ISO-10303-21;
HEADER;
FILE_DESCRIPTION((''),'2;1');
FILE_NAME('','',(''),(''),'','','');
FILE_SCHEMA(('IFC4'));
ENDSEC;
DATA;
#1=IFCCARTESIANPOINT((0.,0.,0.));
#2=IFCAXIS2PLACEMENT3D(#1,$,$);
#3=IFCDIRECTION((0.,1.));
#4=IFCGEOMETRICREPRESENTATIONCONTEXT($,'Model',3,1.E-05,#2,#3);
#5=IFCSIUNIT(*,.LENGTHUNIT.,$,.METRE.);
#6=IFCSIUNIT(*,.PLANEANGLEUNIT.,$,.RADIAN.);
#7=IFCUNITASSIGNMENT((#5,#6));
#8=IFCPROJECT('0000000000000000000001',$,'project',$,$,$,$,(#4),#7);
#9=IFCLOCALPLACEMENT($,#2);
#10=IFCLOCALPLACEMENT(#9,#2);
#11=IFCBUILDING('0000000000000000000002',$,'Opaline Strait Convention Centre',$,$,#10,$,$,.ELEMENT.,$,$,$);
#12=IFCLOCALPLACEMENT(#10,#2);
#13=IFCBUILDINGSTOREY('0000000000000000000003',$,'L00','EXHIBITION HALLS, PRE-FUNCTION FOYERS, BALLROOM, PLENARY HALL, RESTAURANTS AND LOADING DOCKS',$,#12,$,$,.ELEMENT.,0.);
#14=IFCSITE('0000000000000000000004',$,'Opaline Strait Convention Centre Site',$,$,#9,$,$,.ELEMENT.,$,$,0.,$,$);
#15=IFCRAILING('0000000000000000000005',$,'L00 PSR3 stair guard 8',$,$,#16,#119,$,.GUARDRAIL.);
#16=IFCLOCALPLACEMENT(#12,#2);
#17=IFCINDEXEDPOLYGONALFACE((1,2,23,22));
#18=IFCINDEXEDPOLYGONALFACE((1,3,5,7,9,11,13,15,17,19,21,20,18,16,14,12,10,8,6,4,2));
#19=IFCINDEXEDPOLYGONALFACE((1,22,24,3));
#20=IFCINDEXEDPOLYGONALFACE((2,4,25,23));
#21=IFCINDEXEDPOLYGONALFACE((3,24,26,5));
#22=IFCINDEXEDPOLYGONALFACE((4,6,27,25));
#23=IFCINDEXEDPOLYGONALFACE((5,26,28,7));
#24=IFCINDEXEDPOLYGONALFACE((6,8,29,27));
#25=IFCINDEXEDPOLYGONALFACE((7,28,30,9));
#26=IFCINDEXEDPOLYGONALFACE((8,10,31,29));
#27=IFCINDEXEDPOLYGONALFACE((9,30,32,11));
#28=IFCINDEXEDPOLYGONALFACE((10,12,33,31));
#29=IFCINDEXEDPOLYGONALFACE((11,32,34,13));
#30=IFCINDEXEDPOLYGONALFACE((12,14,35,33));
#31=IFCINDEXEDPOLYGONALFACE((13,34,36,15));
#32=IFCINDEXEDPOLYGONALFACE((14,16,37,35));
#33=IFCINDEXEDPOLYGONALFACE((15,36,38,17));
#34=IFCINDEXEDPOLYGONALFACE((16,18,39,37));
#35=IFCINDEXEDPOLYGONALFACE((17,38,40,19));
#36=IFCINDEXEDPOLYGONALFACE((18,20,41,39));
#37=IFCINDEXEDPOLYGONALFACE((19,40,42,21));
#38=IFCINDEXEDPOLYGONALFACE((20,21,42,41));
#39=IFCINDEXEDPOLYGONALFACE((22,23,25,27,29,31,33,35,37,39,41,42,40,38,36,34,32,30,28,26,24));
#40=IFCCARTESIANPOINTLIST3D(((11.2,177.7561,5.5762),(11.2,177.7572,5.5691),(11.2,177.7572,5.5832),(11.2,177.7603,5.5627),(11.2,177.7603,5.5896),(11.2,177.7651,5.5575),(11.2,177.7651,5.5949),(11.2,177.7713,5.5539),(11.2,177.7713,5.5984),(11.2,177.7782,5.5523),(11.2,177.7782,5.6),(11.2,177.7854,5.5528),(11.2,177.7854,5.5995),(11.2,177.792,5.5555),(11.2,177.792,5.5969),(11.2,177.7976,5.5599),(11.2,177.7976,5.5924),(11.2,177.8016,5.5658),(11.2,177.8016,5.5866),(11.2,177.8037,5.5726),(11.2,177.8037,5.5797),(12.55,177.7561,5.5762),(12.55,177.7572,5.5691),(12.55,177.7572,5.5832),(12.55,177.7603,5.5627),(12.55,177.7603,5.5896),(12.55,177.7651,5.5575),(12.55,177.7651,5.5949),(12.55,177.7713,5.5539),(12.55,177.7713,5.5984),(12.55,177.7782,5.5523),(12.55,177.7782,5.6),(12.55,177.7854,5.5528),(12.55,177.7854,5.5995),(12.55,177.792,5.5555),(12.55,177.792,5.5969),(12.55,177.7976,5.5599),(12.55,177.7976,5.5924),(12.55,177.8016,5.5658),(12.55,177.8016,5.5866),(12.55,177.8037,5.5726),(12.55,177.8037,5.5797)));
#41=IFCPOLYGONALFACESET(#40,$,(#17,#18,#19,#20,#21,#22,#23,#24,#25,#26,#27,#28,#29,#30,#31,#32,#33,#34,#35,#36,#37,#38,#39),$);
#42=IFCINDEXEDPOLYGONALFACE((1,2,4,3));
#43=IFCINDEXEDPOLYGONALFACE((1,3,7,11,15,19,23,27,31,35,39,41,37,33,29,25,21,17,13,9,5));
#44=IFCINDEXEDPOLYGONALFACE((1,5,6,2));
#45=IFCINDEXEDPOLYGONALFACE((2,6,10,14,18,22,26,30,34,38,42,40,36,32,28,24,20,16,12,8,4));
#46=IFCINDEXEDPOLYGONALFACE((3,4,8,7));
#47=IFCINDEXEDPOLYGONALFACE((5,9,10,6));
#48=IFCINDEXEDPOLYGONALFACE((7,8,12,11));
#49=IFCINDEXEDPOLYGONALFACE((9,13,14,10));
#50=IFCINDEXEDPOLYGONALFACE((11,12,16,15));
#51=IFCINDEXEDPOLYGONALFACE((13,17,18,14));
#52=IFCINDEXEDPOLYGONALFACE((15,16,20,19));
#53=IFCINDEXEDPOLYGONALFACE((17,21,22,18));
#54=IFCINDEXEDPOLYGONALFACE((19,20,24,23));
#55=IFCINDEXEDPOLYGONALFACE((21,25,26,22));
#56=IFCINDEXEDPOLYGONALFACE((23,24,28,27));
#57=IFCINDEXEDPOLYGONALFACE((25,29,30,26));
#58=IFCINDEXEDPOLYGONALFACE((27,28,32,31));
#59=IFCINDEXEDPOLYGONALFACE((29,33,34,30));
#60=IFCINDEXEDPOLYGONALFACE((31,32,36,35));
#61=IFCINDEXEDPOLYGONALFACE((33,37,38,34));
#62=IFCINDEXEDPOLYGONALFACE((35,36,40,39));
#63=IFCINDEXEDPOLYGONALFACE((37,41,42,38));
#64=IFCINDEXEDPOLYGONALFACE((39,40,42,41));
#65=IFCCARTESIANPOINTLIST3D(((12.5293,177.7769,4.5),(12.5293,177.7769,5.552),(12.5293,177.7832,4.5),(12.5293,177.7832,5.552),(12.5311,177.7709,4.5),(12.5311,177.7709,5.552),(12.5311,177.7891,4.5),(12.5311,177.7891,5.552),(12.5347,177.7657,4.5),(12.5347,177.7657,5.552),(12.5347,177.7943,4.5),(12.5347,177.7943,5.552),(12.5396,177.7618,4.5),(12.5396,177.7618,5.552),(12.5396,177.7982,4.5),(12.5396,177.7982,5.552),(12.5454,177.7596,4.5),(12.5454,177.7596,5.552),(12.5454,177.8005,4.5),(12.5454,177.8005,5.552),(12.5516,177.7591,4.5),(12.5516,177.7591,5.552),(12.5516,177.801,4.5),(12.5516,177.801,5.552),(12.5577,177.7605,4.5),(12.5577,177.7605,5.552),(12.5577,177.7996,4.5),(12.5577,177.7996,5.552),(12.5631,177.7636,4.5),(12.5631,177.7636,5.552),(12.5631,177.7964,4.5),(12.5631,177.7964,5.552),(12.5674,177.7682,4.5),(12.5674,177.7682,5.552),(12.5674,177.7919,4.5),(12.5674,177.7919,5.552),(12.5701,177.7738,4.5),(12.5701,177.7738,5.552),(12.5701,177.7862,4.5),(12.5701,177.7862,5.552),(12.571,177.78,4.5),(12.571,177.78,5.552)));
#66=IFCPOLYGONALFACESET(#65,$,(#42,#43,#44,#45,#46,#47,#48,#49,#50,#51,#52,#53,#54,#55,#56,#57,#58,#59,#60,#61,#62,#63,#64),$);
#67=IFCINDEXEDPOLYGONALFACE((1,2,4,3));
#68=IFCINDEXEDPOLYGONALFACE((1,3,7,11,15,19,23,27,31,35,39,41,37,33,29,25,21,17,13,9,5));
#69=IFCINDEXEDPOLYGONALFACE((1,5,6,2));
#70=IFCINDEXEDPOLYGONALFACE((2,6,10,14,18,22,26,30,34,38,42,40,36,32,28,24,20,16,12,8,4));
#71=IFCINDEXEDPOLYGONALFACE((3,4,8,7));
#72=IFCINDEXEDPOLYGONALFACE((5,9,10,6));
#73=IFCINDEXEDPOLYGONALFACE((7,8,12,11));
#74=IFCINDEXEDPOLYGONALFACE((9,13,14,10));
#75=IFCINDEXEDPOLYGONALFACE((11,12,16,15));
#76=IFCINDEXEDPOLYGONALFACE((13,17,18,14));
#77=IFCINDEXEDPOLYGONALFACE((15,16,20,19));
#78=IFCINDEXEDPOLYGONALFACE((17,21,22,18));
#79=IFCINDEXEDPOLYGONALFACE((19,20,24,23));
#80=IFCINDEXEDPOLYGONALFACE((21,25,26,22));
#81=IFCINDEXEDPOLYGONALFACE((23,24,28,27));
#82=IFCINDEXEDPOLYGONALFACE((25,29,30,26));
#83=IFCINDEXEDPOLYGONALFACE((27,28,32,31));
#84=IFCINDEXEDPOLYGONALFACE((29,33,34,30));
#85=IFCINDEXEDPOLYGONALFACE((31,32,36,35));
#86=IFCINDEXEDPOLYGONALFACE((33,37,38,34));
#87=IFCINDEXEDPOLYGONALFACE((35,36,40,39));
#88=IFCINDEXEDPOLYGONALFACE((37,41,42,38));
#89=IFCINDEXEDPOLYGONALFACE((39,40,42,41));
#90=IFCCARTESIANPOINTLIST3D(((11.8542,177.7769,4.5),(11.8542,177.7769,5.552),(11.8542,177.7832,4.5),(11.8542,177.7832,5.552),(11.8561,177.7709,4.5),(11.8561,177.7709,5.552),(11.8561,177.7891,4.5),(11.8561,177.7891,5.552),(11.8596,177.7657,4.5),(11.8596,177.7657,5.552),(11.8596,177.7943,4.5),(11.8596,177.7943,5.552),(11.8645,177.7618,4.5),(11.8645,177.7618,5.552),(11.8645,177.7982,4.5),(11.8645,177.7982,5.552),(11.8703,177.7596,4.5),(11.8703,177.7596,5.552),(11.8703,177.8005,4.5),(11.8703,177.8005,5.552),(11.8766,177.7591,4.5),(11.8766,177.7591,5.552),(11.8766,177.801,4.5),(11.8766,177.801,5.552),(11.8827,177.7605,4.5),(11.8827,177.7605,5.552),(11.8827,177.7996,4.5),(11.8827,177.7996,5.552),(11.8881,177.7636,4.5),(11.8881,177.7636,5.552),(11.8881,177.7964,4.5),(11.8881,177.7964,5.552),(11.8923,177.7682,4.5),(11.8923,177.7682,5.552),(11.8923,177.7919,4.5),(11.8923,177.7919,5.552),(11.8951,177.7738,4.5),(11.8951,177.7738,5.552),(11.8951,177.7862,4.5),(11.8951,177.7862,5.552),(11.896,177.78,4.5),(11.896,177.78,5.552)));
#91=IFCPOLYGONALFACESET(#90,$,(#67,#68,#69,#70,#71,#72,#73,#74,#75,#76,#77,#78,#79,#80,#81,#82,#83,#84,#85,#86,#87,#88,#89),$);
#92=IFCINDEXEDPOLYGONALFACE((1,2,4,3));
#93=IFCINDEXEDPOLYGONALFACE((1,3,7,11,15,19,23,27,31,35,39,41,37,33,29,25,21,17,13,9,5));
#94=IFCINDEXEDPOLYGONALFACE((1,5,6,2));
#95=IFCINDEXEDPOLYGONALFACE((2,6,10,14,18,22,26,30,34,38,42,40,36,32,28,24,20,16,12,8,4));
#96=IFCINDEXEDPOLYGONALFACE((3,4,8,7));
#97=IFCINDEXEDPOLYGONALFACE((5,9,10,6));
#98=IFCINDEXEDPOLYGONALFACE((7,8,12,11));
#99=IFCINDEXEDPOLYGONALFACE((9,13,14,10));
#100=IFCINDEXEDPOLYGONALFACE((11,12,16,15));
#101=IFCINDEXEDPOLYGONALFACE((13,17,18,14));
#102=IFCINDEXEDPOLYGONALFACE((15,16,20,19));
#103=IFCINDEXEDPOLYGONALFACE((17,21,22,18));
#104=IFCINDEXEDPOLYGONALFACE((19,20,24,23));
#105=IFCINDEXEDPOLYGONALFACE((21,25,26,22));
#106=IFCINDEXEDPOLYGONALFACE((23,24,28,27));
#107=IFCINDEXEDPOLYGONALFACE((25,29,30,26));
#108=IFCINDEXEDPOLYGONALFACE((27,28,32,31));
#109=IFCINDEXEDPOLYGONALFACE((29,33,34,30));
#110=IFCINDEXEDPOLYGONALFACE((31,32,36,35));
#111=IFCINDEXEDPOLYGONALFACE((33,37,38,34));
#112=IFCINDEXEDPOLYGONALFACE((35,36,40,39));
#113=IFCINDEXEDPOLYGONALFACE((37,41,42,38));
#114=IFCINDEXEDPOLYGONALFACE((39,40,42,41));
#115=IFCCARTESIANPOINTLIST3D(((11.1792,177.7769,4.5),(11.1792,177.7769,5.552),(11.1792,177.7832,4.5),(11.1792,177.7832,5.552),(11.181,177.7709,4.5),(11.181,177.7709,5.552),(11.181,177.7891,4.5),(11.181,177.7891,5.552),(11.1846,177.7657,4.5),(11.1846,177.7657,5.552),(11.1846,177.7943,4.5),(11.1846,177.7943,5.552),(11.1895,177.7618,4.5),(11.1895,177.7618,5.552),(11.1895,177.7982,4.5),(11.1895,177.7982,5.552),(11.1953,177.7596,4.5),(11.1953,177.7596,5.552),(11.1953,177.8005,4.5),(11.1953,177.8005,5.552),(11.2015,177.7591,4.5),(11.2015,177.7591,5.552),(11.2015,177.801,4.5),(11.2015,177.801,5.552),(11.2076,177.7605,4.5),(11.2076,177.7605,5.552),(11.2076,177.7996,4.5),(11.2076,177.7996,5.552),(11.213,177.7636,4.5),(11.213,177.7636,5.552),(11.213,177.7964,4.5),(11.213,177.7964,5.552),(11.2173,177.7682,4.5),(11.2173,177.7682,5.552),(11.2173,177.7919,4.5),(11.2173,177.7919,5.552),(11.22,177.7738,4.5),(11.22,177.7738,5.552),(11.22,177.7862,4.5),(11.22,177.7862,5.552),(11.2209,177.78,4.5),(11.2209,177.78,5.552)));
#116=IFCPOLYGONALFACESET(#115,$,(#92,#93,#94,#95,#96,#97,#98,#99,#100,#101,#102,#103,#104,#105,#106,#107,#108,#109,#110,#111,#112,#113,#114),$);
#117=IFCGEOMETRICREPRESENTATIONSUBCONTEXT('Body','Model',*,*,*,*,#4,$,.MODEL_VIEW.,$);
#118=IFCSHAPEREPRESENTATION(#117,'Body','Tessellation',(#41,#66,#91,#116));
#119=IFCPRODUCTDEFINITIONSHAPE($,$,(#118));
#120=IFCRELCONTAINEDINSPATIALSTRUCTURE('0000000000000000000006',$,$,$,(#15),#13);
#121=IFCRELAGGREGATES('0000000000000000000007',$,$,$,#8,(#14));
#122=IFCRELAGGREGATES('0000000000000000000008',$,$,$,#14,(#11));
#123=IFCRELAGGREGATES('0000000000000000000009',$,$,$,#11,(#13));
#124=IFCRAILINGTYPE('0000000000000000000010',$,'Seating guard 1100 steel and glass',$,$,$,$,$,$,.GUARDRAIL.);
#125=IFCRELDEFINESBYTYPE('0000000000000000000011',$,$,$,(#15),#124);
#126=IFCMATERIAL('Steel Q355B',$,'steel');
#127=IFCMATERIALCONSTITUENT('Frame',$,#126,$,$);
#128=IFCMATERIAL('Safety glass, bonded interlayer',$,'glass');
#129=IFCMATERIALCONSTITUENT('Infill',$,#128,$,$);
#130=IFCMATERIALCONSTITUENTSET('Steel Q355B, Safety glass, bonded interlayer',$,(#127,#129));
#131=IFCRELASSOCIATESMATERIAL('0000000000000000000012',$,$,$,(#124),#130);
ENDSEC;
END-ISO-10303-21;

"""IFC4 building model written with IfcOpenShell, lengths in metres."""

from ifc_helpers import new_model, si_unit, direction, frame, origin, origin_2d, place, context, subcontext, project, spatial, circle, extrude, material, constituent, constituent_set, type_object, element, save


model = new_model("IFC4")

# Units and contexts
model_context = context("Model", 3, precision=1e-05, world=origin(), true_north=direction((0.0, 1.0)))
body_context = subcontext(model_context, "Body", "Model", "MODEL_VIEW")
ifc_project = project(units=[si_unit("LENGTHUNIT", "METRE"), si_unit("PLANEANGLEUNIT", "RADIAN")], contexts=[model_context])

# Site, building, storey
site_placement = place(None, origin())
site = spatial("IfcSite", under=ifc_project, at=site_placement, Name="Opaline Strait Convention Centre Site", CompositionType="ELEMENT", RefElevation=0.0)
building_placement = place(site_placement, origin())
building = spatial("IfcBuilding", under=site, at=building_placement, Name="Opaline Strait Convention Centre", CompositionType="ELEMENT")
storey_placement = place(building_placement, origin())
storey = spatial("IfcBuildingStorey", under=building, at=storey_placement, Name="L00", Description="EXHIBITION HALLS, PRE-FUNCTION FOYERS, BALLROOM, PLENARY HALL, RESTAURANTS AND LOADING DOCKS", CompositionType="ELEMENT", Elevation=0.0)

# Railing
ifc_material_1 = material(Name="Steel Q355B", Category="steel")
ifc_constituent_1 = constituent(ifc_material_1, Name="Frame")
ifc_material_2 = material(Name="Safety glass, bonded interlayer", Category="glass")
ifc_constituent_2 = constituent(ifc_material_2, Name="Infill")
ifc_constituent_set = constituent_set(constituents=[ifc_constituent_1, ifc_constituent_2], Name="Steel Q355B, Safety glass, bonded interlayer")
railing_type_1 = type_object("IfcRailingType", Name="Seating guard 1100 steel and glass", PredefinedType="GUARDRAIL", material=ifc_constituent_set)
railing_1_placement = place(storey_placement, frame((12.55, 177.78, 4.5)))
element("IfcRailing", 1, at=railing_1_placement, inside=storey, type_object=railing_type_1, Name="L00 PSR3 stair guard 8", PredefinedType="GUARDRAIL", context=body_context, shape_type="SweptSolid", body=[
    extrude(circle(Radius=0.0239, at=origin_2d()), frame((0.0, 0.0, 1.0762), z_axis=(-1.0, 0.0, 0.0), x_axis=(0.0, -1.0, 0.0)), (0.0, 0.0, 1.0), 1.3501),
    extrude(circle(Radius=0.021, at=origin_2d()), origin(), (0.0, 0.0, 1.0), 1.052),
    extrude(circle(Radius=0.021, at=origin_2d()), frame((-0.675, 0.0, 0.0)), (0.0, 0.0, 1.0), 1.052),
    extrude(circle(Radius=0.021, at=origin_2d()), frame((-1.3501, 0.0, 0.0)), (0.0, 0.0, 1.0), 1.052),
])

save(model, "model.ifc")
